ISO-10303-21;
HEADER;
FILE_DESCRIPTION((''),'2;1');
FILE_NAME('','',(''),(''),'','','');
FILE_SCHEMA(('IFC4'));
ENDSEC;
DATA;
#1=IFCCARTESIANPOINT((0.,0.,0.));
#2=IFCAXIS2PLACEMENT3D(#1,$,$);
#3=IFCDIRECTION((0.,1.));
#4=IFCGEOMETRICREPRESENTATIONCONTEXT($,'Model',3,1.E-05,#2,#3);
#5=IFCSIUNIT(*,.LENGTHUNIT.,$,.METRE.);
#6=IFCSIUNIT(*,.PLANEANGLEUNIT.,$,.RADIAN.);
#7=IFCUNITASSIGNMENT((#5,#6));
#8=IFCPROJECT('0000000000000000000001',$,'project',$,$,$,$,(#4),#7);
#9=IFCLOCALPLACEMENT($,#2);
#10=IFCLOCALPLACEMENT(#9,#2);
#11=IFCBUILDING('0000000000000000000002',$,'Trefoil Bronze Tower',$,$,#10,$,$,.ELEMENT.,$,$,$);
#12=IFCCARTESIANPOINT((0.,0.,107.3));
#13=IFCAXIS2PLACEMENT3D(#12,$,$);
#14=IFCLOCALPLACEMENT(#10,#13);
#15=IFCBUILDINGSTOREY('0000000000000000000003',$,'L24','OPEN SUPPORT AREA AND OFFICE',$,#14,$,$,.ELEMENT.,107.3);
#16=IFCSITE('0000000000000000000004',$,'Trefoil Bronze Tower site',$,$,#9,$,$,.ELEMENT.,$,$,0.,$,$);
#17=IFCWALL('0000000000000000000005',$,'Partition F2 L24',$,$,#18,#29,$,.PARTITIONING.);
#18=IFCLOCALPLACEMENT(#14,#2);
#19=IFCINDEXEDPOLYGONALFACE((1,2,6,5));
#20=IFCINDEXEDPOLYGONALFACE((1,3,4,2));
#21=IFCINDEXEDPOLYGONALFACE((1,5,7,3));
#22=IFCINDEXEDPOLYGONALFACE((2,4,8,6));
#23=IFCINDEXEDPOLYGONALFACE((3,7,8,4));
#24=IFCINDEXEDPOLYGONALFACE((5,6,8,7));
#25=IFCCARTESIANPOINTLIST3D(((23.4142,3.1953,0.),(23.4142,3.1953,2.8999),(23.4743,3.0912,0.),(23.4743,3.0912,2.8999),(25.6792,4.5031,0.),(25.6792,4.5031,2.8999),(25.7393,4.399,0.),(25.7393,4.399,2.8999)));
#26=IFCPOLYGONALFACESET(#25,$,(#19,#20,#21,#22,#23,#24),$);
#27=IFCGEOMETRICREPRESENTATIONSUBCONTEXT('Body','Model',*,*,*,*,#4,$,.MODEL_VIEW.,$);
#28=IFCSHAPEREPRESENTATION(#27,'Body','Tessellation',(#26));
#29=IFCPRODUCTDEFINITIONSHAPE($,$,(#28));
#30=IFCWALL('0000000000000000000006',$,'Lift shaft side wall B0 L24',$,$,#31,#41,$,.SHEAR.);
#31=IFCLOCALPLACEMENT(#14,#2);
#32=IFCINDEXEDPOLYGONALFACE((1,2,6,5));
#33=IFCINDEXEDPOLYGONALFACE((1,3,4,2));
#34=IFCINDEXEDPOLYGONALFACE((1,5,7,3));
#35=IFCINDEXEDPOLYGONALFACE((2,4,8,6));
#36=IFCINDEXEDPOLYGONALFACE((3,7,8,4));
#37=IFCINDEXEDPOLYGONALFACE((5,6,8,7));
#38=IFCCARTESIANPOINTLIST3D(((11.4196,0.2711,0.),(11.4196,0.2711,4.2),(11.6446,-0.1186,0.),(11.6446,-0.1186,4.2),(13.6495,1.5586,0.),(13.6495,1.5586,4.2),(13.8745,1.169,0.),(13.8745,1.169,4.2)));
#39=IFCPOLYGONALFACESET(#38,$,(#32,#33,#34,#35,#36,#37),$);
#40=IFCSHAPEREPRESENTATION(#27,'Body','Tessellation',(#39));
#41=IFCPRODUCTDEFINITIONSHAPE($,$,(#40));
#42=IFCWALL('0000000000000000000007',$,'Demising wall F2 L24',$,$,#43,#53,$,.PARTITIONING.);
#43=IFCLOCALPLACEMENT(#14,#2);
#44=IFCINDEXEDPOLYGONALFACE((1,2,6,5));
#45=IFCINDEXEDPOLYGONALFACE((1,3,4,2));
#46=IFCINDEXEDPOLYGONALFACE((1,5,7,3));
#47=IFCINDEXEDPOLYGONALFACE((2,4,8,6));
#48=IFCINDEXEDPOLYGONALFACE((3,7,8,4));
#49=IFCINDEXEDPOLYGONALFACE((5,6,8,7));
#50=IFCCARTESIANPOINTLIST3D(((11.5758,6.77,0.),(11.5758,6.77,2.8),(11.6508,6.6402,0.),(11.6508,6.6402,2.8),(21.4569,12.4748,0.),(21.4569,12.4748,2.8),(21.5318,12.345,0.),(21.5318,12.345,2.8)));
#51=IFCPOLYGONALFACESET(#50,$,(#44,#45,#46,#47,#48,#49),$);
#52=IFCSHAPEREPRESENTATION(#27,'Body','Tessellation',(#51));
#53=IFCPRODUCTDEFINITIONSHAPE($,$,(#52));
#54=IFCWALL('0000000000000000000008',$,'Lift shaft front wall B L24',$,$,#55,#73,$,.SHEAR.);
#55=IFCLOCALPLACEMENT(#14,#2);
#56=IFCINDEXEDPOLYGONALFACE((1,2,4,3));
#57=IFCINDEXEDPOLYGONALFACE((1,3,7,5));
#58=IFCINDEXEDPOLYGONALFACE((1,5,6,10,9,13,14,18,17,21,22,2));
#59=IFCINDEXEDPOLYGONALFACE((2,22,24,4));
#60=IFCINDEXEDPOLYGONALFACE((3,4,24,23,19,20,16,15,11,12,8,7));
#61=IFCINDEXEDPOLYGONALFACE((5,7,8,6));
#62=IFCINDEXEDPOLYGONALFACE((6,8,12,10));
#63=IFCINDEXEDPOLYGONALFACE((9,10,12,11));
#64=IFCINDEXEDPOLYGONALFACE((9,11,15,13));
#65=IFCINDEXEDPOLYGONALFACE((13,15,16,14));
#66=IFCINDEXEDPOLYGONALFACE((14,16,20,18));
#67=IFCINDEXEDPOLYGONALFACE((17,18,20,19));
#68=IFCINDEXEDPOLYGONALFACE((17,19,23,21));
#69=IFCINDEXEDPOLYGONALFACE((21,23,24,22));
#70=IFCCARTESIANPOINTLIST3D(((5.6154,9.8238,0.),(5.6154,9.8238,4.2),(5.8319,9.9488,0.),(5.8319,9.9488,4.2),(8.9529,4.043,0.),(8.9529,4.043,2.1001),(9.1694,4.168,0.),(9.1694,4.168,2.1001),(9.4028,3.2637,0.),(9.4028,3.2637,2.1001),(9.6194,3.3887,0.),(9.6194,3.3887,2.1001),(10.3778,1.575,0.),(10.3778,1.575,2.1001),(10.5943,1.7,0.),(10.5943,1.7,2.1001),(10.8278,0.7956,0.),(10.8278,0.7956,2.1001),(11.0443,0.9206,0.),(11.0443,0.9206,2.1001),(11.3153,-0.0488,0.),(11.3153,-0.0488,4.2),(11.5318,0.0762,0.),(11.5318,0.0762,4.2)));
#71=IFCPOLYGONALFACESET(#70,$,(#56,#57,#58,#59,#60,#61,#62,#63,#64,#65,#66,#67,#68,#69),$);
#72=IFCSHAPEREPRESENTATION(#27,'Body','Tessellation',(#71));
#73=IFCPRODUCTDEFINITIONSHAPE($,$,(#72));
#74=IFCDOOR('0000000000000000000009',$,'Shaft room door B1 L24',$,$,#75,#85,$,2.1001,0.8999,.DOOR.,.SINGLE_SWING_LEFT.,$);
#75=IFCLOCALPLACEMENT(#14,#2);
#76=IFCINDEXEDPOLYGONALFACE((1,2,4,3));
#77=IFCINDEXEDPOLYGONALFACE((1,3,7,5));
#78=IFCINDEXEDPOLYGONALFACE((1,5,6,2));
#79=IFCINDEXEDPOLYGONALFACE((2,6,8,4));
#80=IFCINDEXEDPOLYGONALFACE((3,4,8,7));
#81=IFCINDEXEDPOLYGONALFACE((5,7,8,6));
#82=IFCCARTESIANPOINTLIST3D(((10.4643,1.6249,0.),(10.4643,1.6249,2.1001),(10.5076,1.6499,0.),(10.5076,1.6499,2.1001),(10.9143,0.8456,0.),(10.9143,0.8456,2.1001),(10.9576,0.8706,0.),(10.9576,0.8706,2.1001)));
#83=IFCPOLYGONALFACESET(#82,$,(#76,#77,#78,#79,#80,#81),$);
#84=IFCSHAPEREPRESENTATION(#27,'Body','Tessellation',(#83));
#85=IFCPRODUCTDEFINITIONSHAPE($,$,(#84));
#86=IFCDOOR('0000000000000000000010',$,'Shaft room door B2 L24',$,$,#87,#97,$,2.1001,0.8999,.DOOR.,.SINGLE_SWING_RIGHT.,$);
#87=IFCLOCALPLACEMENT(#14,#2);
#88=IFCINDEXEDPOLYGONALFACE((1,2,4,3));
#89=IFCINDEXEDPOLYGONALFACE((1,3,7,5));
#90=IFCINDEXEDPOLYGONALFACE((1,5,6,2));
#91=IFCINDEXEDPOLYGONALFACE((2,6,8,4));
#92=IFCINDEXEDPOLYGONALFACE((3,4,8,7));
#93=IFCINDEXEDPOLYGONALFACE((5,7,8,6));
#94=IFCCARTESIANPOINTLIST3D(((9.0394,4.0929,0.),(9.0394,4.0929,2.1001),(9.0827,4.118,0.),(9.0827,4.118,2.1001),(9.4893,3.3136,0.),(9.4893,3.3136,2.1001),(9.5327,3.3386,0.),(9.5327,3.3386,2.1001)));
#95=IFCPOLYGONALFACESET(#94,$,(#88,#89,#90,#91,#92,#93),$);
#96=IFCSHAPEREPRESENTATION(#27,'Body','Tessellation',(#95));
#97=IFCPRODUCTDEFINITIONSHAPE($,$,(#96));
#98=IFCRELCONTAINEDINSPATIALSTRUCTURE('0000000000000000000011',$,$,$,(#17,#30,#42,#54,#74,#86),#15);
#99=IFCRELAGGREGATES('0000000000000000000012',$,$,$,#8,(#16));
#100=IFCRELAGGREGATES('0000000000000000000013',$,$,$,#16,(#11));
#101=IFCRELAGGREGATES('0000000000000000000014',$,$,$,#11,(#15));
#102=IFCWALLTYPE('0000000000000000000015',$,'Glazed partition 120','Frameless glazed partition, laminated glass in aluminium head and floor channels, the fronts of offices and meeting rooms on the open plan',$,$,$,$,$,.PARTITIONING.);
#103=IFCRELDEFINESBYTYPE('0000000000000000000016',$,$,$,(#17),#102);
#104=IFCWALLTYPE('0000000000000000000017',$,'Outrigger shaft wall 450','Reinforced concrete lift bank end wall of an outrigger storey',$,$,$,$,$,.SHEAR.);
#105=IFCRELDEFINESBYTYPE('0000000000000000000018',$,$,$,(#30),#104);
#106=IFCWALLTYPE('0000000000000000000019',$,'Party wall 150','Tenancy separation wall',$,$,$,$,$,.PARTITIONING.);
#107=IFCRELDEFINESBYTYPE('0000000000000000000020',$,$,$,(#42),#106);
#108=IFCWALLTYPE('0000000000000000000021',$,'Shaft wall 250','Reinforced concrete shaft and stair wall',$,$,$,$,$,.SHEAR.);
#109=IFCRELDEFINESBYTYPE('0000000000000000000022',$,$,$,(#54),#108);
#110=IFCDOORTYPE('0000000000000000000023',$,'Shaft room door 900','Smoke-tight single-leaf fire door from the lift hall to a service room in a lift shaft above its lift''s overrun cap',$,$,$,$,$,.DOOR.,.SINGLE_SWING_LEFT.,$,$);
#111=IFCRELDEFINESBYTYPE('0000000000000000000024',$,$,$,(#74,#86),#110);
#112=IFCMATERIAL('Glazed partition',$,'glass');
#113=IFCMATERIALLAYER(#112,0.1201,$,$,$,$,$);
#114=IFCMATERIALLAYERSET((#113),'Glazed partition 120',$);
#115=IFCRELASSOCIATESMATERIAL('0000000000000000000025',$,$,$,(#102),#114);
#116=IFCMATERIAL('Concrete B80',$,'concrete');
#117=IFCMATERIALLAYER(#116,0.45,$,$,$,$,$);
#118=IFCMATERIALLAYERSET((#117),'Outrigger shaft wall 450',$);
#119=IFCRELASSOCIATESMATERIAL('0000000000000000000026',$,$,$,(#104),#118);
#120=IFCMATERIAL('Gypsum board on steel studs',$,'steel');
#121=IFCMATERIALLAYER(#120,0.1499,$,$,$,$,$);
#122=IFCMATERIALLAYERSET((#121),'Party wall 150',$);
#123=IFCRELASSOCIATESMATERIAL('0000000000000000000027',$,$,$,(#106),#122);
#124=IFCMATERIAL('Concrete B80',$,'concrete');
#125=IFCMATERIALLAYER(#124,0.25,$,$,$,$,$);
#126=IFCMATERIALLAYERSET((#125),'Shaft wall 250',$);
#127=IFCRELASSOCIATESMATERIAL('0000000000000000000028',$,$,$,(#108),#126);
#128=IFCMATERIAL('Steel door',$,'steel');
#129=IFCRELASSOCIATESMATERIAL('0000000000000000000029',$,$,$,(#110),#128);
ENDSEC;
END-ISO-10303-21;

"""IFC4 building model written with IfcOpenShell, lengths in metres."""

from ifc_helpers import new_model, si_unit, direction, frame, frame_2d, origin, place, context, subcontext, project, spatial, rectangle, extrude, material, layer, layer_set, type_object, element, fill, save


model = new_model("IFC4")

# Units and contexts
model_context = context("Model", 3, precision=1e-05, world=origin(), true_north=direction((0.0, 1.0)))
body_context = subcontext(model_context, "Body", "Model", "MODEL_VIEW")
ifc_project = project(units=[si_unit("LENGTHUNIT", "METRE"), si_unit("PLANEANGLEUNIT", "RADIAN")], contexts=[model_context])

# Site, building, storey
site_placement = place(None, origin())
site = spatial("IfcSite", under=ifc_project, at=site_placement, Name="Trefoil Bronze Tower site", CompositionType="ELEMENT", RefElevation=0.0)
building_placement = place(site_placement, origin())
building = spatial("IfcBuilding", under=site, at=building_placement, Name="Trefoil Bronze Tower", CompositionType="ELEMENT")
storey_placement = place(building_placement, frame((0.0, 0.0, 107.3)))
storey = spatial("IfcBuildingStorey", under=building, at=storey_placement, Name="L24", Description="OPEN SUPPORT AREA AND OFFICE", CompositionType="ELEMENT", Elevation=107.3)

# Shared definitions
ifc_material_1 = material(Name="Glazed partition", Category="glass")
ifc_layer_1 = layer(ifc_material_1, 0.1201)
ifc_layer_set_1 = layer_set([ifc_layer_1], Name="Glazed partition 120")
wall_type_1 = type_object("IfcWallType", Name="Glazed partition 120", Description="Frameless glazed partition, laminated glass in aluminium head and floor channels, the fronts of offices and meeting rooms on the open plan", PredefinedType="PARTITIONING", material=ifc_layer_set_1)

# Walls
wall_1_placement = place(storey_placement, frame((23.4443, 3.1433, 0.0), z_axis=(0.0, 0.0, 1.0), x_axis=(0.866011, 0.500024, 0.0)))
element("IfcWall", 1, at=wall_1_placement, inside=storey, type_object=wall_type_1, Name="Partition F2 L24", PredefinedType="PARTITIONING", context=body_context, shape_type="SweptSolid", body=[
    extrude(rectangle(XDim=2.6155, YDim=0.1201, at=frame_2d((1.3076, 0.0))), origin(), (0.0, 0.0, 1.0), 2.8999),
])
ifc_material_2 = material(Name="Concrete B80", Category="concrete")
ifc_layer_2 = layer(ifc_material_2, 0.45)
ifc_layer_set_2 = layer_set([ifc_layer_2], Name="Outrigger shaft wall 450")
wall_type_2 = type_object("IfcWallType", Name="Outrigger shaft wall 450", Description="Reinforced concrete lift bank end wall of an outrigger storey", PredefinedType="SHEAR", material=ifc_layer_set_2)
wall_2_placement = place(storey_placement, frame((11.532, 0.0762, 0.0), z_axis=(0.0, 0.0, 1.0), x_axis=(0.866006, 0.500034, 0.0)))
element("IfcWall", 2, at=wall_2_placement, inside=storey, type_object=wall_type_2, Name="Lift shaft side wall B0 L24", PredefinedType="SHEAR", context=body_context, shape_type="SweptSolid", body=[
    extrude(rectangle(XDim=2.575, YDim=0.45, at=frame_2d((1.2876, 0.0))), origin(), (0.0, 0.0, 1.0), 4.2),
])
ifc_material_3 = material(Name="Gypsum board on steel studs", Category="steel")
ifc_layer_3 = layer(ifc_material_3, 0.1499)
ifc_layer_set_3 = layer_set([ifc_layer_3], Name="Party wall 150")
wall_type_3 = type_object("IfcWallType", Name="Party wall 150", Description="Tenancy separation wall", PredefinedType="PARTITIONING", material=ifc_layer_set_3)
wall_3_placement = place(storey_placement, frame((11.6133, 6.7051, 0.0), z_axis=(0.0, 0.0, 1.0), x_axis=(0.866026, 0.499998, 0.0)))
element("IfcWall", 3, at=wall_3_placement, inside=storey, type_object=wall_type_3, Name="Demising wall F2 L24", PredefinedType="PARTITIONING", context=body_context, shape_type="SweptSolid", body=[
    extrude(rectangle(XDim=11.4097, YDim=0.1499, at=frame_2d((5.7048, 0.0))), origin(), (0.0, 0.0, 1.0), 2.8),
])

# Wall, openings, doors
ifc_material_4 = material(Name="Concrete B80", Category="concrete")
ifc_layer_4 = layer(ifc_material_4, 0.25)
ifc_layer_set_4 = layer_set([ifc_layer_4], Name="Shaft wall 250")
wall_type_4 = type_object("IfcWallType", Name="Shaft wall 250", Description="Reinforced concrete shaft and stair wall", PredefinedType="SHEAR", material=ifc_layer_set_4)
wall_4_placement = place(storey_placement, frame((11.4236, 0.0137, 0.0), z_axis=(0.0, 0.0, 1.0), x_axis=(-0.500002, 0.866024, 0.0)))
wall_4 = element("IfcWall", 4, at=wall_4_placement, inside=storey, type_object=wall_type_4, Name="Lift shaft front wall B L24", PredefinedType="SHEAR", context=body_context, shape_type="SweptSolid", body=[
    extrude(rectangle(XDim=11.3999, YDim=0.25, at=frame_2d((5.7, 0.0))), origin(), (0.0, 0.0, 1.0), 4.2),
])
opening_1_placement = place(wall_4_placement, frame((0.9751, 0.0, 0.0)))
opening_1 = element("IfcOpeningElement", 5, at=opening_1_placement, cuts=wall_4, PredefinedType="OPENING", context=body_context, shape_type="SweptSolid", body=[
    extrude(rectangle(XDim=0.8999, YDim=2.1001, at=frame_2d((0.45, 1.05))), frame((0.0, 0.135, 0.0), z_axis=(0.0, -1.0, 0.0), x_axis=(1.0, 0.0, 0.0)), (0.0, 0.0, 1.0), 0.27),
])
opening_2_placement = place(wall_4_placement, frame((3.825, 0.0, 0.0)))
opening_2 = element("IfcOpeningElement", 6, at=opening_2_placement, cuts=wall_4, PredefinedType="OPENING", context=body_context, shape_type="SweptSolid", body=[
    extrude(rectangle(XDim=0.8999, YDim=2.1001, at=frame_2d((0.45, 1.05))), frame((0.0, 0.135, 0.0), z_axis=(0.0, -1.0, 0.0), x_axis=(1.0, 0.0, 0.0)), (0.0, 0.0, 1.0), 0.27),
])
ifc_material_5 = material(Name="Steel door", Category="steel")
door_type_1 = type_object("IfcDoorType", Name="Shaft room door 900", Description="Smoke-tight single-leaf fire door from the lift hall to a service room in a lift shaft above its lift's overrun cap", OperationType="SINGLE_SWING_LEFT", PredefinedType="DOOR", material=ifc_material_5)
door_1_placement = place(opening_1_placement, frame((0.8999, 0.0, 0.0), z_axis=(0.0, 0.0, 1.0), x_axis=(-1.0, 0.0, 0.0)))
door_1 = element("IfcDoor", 7, at=door_1_placement, inside=storey, type_object=door_type_1, Name="Shaft room door B1 L24", OperationType="SINGLE_SWING_LEFT", OverallHeight=2.1001, OverallWidth=0.8999, PredefinedType="DOOR", context=body_context, shape_type="SweptSolid", body=[
    extrude(rectangle(XDim=0.8999, YDim=2.1001, at=frame_2d((0.45, 1.05))), frame((0.0, 0.0249, 0.0), z_axis=(0.0, -1.0, 0.0), x_axis=(1.0, 0.0, 0.0)), (0.0, 0.0, 1.0), 0.05),
])
fill(opening_1, door_1)
door_2_placement = place(opening_2_placement, frame((0.8999, 0.0, 0.0), z_axis=(0.0, 0.0, 1.0), x_axis=(-1.0, 0.0, 0.0)))
door_2 = element("IfcDoor", 8, at=door_2_placement, inside=storey, type_object=door_type_1, Name="Shaft room door B2 L24", OperationType="SINGLE_SWING_RIGHT", OverallHeight=2.1001, OverallWidth=0.8999, PredefinedType="DOOR", context=body_context, shape_type="SweptSolid", body=[
    extrude(rectangle(XDim=0.8999, YDim=2.1001, at=frame_2d((0.45, 1.05))), frame((0.0, 0.0249, 0.0), z_axis=(0.0, -1.0, 0.0), x_axis=(1.0, 0.0, 0.0)), (0.0, 0.0, 1.0), 0.05),
])
fill(opening_2, door_2)

save(model, "model.ifc")
